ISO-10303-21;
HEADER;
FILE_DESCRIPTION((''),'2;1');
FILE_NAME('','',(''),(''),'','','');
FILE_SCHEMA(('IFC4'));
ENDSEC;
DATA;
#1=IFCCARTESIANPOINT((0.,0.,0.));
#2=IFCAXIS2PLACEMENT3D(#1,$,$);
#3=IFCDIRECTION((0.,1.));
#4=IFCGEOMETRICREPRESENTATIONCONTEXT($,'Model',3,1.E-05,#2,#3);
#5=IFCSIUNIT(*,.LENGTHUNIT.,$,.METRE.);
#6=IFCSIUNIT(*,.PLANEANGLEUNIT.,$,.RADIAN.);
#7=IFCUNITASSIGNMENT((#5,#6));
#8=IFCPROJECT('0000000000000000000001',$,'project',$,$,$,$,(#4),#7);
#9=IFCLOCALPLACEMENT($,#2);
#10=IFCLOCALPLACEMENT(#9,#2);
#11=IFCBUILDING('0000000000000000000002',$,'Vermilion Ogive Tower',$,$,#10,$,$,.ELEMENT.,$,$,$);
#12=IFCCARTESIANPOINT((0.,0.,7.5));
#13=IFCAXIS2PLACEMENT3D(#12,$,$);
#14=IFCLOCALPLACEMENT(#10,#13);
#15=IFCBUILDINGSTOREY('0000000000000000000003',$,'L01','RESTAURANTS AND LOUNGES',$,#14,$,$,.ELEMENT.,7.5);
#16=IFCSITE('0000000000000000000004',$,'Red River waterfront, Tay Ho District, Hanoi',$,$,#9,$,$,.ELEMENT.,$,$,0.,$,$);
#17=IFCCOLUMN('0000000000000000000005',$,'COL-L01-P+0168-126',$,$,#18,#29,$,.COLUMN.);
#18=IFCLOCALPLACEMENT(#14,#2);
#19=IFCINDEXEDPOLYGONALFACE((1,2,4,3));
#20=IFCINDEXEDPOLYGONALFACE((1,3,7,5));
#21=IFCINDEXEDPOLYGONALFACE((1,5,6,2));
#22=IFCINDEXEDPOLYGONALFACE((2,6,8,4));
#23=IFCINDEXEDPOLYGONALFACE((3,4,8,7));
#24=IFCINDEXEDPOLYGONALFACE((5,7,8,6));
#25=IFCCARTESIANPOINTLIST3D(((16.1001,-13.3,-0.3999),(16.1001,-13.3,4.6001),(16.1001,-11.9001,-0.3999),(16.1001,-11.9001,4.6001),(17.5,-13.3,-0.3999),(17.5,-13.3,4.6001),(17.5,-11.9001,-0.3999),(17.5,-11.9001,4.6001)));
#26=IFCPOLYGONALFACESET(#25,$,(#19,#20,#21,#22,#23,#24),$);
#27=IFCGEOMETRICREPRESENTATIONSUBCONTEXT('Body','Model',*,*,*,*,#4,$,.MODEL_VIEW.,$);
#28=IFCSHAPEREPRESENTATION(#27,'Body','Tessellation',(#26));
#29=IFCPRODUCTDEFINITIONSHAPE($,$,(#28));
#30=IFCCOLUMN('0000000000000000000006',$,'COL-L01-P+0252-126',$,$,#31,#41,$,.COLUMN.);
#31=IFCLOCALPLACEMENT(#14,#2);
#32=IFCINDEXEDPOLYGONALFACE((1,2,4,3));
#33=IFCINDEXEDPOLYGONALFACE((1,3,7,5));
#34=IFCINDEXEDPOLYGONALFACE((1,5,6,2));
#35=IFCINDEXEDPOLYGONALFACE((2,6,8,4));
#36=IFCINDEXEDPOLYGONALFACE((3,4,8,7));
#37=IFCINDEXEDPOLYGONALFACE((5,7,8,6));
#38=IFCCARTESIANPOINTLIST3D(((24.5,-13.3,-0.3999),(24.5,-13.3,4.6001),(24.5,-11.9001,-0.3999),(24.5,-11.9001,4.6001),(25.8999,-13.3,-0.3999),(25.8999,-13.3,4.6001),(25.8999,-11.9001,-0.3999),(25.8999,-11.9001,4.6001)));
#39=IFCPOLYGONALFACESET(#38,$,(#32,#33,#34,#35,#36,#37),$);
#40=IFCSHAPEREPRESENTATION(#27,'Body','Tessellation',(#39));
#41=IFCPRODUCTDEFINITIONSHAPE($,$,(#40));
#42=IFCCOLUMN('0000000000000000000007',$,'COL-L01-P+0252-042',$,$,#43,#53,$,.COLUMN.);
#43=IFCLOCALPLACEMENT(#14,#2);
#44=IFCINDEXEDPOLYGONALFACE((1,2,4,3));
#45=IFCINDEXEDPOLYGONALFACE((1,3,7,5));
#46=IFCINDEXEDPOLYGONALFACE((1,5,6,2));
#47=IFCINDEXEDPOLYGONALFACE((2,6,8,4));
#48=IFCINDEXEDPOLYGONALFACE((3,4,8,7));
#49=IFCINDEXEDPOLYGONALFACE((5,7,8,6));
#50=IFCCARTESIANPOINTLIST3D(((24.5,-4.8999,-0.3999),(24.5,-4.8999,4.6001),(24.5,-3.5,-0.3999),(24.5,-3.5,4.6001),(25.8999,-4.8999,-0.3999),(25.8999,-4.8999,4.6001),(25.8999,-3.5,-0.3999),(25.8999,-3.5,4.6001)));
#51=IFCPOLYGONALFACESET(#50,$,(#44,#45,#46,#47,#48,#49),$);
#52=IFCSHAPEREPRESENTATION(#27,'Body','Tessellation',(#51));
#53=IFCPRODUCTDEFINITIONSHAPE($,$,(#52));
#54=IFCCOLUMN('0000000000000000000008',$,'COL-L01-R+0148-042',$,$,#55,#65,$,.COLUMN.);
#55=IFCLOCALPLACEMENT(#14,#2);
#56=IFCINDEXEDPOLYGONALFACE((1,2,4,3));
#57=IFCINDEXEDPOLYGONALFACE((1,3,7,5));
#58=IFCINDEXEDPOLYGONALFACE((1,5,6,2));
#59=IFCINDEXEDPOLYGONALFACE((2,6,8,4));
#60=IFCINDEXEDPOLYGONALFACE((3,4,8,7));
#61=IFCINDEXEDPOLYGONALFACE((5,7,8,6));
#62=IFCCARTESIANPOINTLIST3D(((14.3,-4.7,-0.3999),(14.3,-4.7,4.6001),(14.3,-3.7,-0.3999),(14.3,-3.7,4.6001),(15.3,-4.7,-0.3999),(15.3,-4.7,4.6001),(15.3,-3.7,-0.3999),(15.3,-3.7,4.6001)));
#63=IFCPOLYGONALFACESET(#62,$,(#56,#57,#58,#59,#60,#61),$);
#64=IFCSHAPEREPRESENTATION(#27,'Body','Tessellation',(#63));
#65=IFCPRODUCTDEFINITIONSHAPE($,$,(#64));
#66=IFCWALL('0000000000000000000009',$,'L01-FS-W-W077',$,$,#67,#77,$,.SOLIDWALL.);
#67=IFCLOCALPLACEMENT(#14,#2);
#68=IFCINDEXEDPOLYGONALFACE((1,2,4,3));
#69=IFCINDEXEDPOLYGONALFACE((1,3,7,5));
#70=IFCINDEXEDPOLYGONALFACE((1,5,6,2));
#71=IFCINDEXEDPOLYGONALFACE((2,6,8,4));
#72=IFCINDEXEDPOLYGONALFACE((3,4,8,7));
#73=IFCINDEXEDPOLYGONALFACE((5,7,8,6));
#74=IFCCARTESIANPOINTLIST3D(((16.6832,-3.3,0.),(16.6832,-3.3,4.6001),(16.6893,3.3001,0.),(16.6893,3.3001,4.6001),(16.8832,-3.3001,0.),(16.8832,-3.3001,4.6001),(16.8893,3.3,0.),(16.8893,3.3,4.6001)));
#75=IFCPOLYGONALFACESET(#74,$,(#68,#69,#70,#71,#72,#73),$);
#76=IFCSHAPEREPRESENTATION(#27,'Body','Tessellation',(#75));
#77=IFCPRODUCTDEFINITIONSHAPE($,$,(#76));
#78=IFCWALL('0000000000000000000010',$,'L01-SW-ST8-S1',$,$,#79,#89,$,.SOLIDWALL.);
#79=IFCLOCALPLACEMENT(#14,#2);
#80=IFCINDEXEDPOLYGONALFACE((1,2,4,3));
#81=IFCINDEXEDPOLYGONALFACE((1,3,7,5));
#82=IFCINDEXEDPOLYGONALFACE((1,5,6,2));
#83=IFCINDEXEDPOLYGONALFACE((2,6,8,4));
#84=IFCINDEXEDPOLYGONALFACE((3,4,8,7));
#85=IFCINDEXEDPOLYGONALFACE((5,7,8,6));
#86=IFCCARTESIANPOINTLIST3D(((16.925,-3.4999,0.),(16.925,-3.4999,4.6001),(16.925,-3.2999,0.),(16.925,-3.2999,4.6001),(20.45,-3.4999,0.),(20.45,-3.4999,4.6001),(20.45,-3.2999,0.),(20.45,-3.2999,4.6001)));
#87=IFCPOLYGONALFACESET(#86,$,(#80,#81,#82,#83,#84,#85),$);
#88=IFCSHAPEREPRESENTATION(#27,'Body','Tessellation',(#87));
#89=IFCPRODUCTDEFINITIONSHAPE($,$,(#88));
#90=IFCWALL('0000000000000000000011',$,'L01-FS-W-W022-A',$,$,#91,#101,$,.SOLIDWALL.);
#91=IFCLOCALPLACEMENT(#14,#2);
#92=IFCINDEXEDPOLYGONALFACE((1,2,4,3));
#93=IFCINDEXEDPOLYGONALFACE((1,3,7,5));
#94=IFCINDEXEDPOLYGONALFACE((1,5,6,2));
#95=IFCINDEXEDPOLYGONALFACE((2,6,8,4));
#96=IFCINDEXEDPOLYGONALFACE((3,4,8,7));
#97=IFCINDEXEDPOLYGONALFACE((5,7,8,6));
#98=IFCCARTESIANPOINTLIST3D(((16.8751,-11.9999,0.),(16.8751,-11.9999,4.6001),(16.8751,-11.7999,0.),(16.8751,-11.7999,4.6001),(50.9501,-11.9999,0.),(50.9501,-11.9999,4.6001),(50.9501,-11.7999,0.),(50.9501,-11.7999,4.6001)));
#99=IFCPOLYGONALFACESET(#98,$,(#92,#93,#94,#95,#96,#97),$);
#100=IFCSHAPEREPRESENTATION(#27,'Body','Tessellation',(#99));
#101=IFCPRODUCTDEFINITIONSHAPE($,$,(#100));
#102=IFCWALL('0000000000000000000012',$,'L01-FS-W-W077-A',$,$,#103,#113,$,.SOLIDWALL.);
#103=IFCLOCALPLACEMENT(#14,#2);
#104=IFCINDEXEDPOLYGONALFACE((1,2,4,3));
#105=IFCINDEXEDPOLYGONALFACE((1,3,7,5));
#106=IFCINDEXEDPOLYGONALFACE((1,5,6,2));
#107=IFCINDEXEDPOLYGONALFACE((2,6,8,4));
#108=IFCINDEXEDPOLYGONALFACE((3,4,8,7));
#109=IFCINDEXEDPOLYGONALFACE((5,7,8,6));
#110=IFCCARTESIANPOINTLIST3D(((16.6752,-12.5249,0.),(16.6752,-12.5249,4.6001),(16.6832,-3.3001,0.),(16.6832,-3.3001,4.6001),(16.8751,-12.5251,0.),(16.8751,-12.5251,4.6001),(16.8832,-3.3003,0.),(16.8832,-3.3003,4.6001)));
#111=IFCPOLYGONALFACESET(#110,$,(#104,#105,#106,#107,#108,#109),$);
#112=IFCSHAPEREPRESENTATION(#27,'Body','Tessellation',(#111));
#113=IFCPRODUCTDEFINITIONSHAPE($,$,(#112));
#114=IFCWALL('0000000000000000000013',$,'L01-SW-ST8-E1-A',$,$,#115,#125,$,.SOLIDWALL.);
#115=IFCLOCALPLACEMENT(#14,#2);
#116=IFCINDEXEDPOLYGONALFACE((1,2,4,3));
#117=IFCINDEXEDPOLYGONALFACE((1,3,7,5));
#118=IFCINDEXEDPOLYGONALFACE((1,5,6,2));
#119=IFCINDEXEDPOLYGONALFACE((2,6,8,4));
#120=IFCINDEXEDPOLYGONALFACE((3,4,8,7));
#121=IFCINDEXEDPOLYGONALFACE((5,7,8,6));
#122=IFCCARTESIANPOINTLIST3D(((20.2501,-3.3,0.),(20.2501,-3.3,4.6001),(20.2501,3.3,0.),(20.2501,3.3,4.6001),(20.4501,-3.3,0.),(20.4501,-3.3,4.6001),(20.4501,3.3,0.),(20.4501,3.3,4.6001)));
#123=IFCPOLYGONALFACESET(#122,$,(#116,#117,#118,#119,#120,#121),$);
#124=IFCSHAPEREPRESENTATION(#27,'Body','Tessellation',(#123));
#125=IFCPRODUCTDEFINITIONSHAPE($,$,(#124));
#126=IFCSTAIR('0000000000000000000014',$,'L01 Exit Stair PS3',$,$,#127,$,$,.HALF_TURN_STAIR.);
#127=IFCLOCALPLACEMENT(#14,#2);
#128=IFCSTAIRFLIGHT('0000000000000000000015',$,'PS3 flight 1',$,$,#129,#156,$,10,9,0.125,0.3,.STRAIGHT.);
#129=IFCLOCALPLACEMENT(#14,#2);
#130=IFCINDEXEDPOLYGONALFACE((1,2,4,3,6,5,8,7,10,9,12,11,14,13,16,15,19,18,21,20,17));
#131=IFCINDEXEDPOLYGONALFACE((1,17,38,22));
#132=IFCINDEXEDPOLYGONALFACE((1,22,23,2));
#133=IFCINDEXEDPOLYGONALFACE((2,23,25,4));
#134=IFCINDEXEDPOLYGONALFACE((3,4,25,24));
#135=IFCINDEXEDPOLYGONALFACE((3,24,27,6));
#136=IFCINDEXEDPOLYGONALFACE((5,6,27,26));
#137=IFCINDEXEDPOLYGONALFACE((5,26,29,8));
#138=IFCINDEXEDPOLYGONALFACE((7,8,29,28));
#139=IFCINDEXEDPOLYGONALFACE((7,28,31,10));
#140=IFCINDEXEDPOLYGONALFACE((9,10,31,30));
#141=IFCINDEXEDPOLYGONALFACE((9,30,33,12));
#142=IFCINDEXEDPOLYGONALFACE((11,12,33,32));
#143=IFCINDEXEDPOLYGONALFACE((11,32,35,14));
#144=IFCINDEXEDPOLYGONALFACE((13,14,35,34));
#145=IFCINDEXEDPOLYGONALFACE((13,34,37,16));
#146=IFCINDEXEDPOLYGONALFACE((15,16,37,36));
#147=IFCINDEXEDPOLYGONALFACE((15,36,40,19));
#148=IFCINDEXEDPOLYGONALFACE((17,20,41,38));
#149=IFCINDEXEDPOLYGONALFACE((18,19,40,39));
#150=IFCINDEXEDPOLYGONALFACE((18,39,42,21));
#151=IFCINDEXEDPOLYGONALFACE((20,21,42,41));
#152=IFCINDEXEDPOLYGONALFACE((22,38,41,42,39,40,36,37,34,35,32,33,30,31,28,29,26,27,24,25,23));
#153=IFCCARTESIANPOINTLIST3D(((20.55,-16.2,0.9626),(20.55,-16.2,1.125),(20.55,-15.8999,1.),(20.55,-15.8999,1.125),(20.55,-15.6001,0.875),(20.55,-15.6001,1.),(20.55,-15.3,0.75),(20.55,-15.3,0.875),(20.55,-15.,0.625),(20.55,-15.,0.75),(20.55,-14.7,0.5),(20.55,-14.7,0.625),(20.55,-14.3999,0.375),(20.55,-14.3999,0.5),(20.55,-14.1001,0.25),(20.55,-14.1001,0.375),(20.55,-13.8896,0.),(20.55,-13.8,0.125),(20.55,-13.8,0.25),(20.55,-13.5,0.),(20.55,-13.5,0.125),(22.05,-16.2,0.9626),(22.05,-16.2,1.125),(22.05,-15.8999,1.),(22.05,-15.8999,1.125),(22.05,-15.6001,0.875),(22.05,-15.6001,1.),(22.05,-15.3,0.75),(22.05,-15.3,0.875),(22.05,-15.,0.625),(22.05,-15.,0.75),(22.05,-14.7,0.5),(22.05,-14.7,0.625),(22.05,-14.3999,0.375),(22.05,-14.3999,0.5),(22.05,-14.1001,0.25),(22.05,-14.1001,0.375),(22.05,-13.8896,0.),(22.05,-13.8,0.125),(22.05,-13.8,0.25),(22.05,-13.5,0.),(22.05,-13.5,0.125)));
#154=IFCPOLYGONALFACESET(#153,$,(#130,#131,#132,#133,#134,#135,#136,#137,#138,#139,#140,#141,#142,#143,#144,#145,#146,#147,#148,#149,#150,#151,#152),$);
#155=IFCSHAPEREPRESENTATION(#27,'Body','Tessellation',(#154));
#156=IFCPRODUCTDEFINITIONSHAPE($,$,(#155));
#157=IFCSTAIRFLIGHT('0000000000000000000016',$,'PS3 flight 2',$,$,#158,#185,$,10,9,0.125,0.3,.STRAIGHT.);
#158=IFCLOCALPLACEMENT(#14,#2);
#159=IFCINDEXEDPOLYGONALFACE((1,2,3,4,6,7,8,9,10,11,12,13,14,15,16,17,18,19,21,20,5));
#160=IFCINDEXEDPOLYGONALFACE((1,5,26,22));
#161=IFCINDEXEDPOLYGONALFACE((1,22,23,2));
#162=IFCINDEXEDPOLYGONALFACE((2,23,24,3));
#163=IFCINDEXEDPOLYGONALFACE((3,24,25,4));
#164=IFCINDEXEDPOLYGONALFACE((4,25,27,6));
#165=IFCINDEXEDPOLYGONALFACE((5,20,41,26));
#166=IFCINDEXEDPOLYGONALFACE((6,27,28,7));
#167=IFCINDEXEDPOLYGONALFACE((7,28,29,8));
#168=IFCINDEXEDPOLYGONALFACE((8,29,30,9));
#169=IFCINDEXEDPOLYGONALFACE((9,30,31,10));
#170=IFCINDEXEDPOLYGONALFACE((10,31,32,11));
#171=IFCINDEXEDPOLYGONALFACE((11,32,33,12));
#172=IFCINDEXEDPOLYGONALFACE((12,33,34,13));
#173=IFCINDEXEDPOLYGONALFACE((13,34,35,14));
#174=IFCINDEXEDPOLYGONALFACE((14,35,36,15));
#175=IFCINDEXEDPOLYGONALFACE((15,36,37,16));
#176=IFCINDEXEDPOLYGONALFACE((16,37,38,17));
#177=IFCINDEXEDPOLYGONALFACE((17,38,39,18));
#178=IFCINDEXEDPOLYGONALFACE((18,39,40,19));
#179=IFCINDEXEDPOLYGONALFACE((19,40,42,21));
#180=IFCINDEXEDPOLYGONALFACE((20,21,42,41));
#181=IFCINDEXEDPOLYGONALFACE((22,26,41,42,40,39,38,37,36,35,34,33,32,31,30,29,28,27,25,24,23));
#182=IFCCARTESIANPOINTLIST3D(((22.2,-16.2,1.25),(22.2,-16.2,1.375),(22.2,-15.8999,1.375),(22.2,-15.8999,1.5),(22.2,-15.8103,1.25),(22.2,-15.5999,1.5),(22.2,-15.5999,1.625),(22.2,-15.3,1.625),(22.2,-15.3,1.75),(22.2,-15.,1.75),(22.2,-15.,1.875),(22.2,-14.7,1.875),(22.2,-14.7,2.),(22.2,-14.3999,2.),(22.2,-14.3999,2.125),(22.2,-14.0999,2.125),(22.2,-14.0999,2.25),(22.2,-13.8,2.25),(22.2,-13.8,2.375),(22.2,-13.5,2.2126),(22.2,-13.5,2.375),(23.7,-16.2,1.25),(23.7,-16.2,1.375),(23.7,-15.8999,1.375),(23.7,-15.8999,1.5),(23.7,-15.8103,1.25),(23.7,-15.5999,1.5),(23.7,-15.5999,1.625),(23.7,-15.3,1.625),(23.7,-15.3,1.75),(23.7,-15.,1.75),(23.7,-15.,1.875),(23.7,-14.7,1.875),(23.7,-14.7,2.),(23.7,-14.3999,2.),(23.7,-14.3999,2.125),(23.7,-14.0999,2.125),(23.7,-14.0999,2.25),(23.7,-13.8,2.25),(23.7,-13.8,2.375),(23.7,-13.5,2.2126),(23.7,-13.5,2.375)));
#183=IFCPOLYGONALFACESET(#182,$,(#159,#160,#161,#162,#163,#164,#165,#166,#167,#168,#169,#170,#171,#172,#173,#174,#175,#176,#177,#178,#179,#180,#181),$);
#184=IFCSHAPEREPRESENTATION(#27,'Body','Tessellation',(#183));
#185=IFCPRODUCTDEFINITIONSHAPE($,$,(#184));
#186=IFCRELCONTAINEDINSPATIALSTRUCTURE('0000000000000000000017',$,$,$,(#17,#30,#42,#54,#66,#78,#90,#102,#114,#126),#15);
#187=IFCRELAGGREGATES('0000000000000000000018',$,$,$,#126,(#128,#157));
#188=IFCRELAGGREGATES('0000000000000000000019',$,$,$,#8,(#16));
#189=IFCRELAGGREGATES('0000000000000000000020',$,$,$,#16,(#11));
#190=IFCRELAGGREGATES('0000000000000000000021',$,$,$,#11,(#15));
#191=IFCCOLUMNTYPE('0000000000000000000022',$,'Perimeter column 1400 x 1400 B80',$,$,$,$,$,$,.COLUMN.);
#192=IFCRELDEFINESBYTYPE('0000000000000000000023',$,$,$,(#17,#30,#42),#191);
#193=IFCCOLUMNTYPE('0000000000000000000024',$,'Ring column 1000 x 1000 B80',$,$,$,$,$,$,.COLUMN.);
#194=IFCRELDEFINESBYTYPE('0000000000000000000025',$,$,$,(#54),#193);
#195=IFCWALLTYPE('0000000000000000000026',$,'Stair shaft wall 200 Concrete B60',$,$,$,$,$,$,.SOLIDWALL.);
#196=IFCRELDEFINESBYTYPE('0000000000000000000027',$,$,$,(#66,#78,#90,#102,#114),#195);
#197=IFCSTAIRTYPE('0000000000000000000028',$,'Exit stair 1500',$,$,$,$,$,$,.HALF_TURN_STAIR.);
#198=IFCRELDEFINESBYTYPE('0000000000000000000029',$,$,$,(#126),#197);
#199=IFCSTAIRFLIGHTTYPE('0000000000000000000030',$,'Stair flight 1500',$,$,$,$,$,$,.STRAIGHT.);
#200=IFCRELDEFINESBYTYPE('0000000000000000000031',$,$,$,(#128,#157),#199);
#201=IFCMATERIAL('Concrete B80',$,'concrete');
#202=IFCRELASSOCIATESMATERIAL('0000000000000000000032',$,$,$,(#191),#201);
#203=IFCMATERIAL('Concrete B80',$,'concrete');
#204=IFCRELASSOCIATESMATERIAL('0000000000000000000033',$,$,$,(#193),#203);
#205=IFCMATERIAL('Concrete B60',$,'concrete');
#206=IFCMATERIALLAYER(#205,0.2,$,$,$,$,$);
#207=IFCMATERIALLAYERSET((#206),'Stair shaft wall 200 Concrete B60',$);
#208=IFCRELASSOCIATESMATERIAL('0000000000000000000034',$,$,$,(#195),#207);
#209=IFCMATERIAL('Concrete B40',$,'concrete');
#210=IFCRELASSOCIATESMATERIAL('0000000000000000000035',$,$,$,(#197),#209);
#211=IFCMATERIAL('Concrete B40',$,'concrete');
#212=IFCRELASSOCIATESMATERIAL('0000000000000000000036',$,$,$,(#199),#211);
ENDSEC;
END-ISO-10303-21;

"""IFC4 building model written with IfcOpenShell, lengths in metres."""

from ifc_helpers import new_model, si_unit, direction, frame, frame_2d, origin, origin_2d, place, context, subcontext, project, spatial, polyline, rectangle, outline, extrude, material, layer, layer_set, material_profile, profile_set, type_object, element, aggregate, save


model = new_model("IFC4")

# Units and contexts
model_context = context("Model", 3, precision=1e-05, world=origin(), true_north=direction((0.0, 1.0)))
body_context = subcontext(model_context, "Body", "Model", "MODEL_VIEW")
ifc_project = project(units=[si_unit("LENGTHUNIT", "METRE"), si_unit("PLANEANGLEUNIT", "RADIAN")], contexts=[model_context])

# Site, building, storey
site_placement = place(None, origin())
site = spatial("IfcSite", under=ifc_project, at=site_placement, Name="Red River waterfront, Tay Ho District, Hanoi", CompositionType="ELEMENT", RefElevation=0.0)
building_placement = place(site_placement, origin())
building = spatial("IfcBuilding", under=site, at=building_placement, Name="Vermilion Ogive Tower", CompositionType="ELEMENT")
storey_placement = place(building_placement, frame((0.0, 0.0, 7.5)))
storey = spatial("IfcBuildingStorey", under=building, at=storey_placement, Name="L01", Description="RESTAURANTS AND LOUNGES", CompositionType="ELEMENT", Elevation=7.5)

# Columns
ifc_material_1 = material(Name="Concrete B80", Category="concrete")
ifc_material_profile_1 = material_profile(ifc_material_1, rectangle(XDim=1.3999, YDim=1.3999, at=origin_2d()), Name="1400 x 1400")
ifc_profile_set_1 = profile_set([ifc_material_profile_1], Name="Concrete B80")
column_type_1 = type_object("IfcColumnType", Name="Perimeter column 1400 x 1400 B80", PredefinedType="COLUMN", material=ifc_profile_set_1)
for number, where, z_axis, x_axis, name in (
    (1, (16.8, -12.6001, -0.3999), (0.0, 0.0, 1.0), (1.0, 0.0, 0.0), "COL-L01-P+0168-126"),
    (2, (25.2, -12.6001, -0.3999), (0.0, 0.0, 1.0), (1.0, 0.0, 0.0), "COL-L01-P+0252-126"),
    (3, (25.2, -4.2, -0.3999), (0.0, 0.0, 1.0), (1.0, 0.0, 0.0), "COL-L01-P+0252-042"),
):
    element("IfcColumn", number, at=place(storey_placement, frame(where, z_axis=z_axis, x_axis=x_axis)), inside=storey, type_object=column_type_1, Name=name, PredefinedType="COLUMN", context=body_context, shape_type="SweptSolid", body=[
        extrude(rectangle(XDim=1.3999, YDim=1.3999, at=origin_2d()), origin(), (0.0, 0.0, 1.0), 5.0),
    ])
ifc_material_2 = material(Name="Concrete B80", Category="concrete")
ifc_material_profile_2 = material_profile(ifc_material_2, rectangle(XDim=1.0, YDim=1.0, at=origin_2d()), Name="1000 x 1000")
ifc_profile_set_2 = profile_set([ifc_material_profile_2], Name="Concrete B80")
column_type_2 = type_object("IfcColumnType", Name="Ring column 1000 x 1000 B80", PredefinedType="COLUMN", material=ifc_profile_set_2)
column_placement = place(storey_placement, frame((14.8, -4.2, -0.3999), z_axis=(0.0, 0.0, 1.0), x_axis=(1.0, 0.0, 0.0)))
element("IfcColumn", 4, at=column_placement, inside=storey, type_object=column_type_2, Name="COL-L01-R+0148-042", PredefinedType="COLUMN", context=body_context, shape_type="SweptSolid", body=[
    extrude(rectangle(XDim=1.0, YDim=1.0, at=origin_2d()), origin(), (0.0, 0.0, 1.0), 5.0),
])

# Walls
ifc_material_3 = material(Name="Concrete B60", Category="concrete")
ifc_layer = layer(ifc_material_3, 0.2)
ifc_layer_set = layer_set([ifc_layer], Name="Stair shaft wall 200 Concrete B60")
wall_type = type_object("IfcWallType", Name="Stair shaft wall 200 Concrete B60", PredefinedType="SOLIDWALL", material=ifc_layer_set)
wall_1_placement = place(storey_placement, frame((16.7832, -3.3, 0.0), z_axis=(0.0, 0.0, 1.0), x_axis=(0.000925, 1.0, 0.0)))
element("IfcWall", 5, at=wall_1_placement, inside=storey, type_object=wall_type, Name="L01-FS-W-W077", PredefinedType="SOLIDWALL", context=body_context, shape_type="SweptSolid", body=[
    extrude(rectangle(XDim=6.6001, YDim=0.2, at=frame_2d((3.3, 0.0))), origin(), (0.0, 0.0, 1.0), 4.6001),
])
wall_2_placement = place(storey_placement, frame((16.925, -3.3999, 0.0), z_axis=(0.0, 0.0, 1.0), x_axis=(1.0, 0.0, 0.0)))
element("IfcWall", 6, at=wall_2_placement, inside=storey, type_object=wall_type, Name="L01-SW-ST8-S1", PredefinedType="SOLIDWALL", context=body_context, shape_type="SweptSolid", body=[
    extrude(rectangle(XDim=3.5249, YDim=0.2, at=frame_2d((1.7625, 0.0))), origin(), (0.0, 0.0, 1.0), 4.6001),
])
wall_3_placement = place(storey_placement, frame((16.875, -11.8999, 0.0), z_axis=(0.0, 0.0, 1.0), x_axis=(1.0, 0.0, 0.0)))
element("IfcWall", 7, at=wall_3_placement, inside=storey, type_object=wall_type, Name="L01-FS-W-W022-A", PredefinedType="SOLIDWALL", context=body_context, shape_type="SweptSolid", body=[
    extrude(rectangle(XDim=34.075, YDim=0.2, at=frame_2d((17.0376, 0.0))), origin(), (0.0, 0.0, 1.0), 4.6001),
])
wall_4_placement = place(storey_placement, frame((16.7751, -12.5249, 0.0), z_axis=(0.0, 0.0, 1.0), x_axis=(0.000873, 1.0, 0.0)))
element("IfcWall", 8, at=wall_4_placement, inside=storey, type_object=wall_type, Name="L01-FS-W-W077-A", PredefinedType="SOLIDWALL", context=body_context, shape_type="SweptSolid", body=[
    extrude(rectangle(XDim=9.2249, YDim=0.2, at=frame_2d((4.6123, 0.0))), origin(), (0.0, 0.0, 1.0), 4.6001),
])
wall_5_placement = place(storey_placement, frame((20.3501, -3.3, 0.0), z_axis=(0.0, 0.0, 1.0), x_axis=(0.0, 1.0, 0.0)))
element("IfcWall", 9, at=wall_5_placement, inside=storey, type_object=wall_type, Name="L01-SW-ST8-E1-A", PredefinedType="SOLIDWALL", context=body_context, shape_type="SweptSolid", body=[
    extrude(rectangle(XDim=6.6001, YDim=0.2, at=frame_2d((3.3, 0.0))), origin(), (0.0, 0.0, 1.0), 4.6001),
])

# Stair, stair flights
ifc_material_4 = material(Name="Concrete B40", Category="concrete")
stair_type = type_object("IfcStairType", Name="Exit stair 1500", PredefinedType="HALF_TURN_STAIR", material=ifc_material_4)
stair_placement = place(storey_placement, origin())
stair = element("IfcStair", 10, at=stair_placement, inside=storey, type_object=stair_type, Name="L01 Exit Stair PS3", PredefinedType="HALF_TURN_STAIR")
ifc_material_5 = material(Name="Concrete B40", Category="concrete")
stair_flight_type = type_object("IfcStairFlightType", Name="Stair flight 1500", PredefinedType="STRAIGHT", material=ifc_material_5)
stair_flight_1_placement = place(storey_placement, frame((21.3, -13.5, 0.0), z_axis=(0.0, 0.0, 1.0), x_axis=(0.0, -1.0, 0.0)))
stair_flight_1 = element("IfcStairFlight", 11, at=stair_flight_1_placement, type_object=stair_flight_type, Name="PS3 flight 1", NumberOfRisers=10, NumberOfTreads=9, PredefinedType="STRAIGHT", RiserHeight=0.125, TreadLength=0.3, context=body_context, shape_type="SweptSolid", body=[
    extrude(outline(polyline([(0.0, 0.0), (0.0, 0.125), (0.3, 0.125), (0.3, 0.25), (0.6001, 0.25), (0.6001, 0.375), (0.8999, 0.375), (0.8999, 0.5), (1.2, 0.5), (1.2, 0.625), (1.5, 0.625), (1.5, 0.75), (1.8, 0.75), (1.8, 0.875), (2.1001, 0.875), (2.1001, 1.0), (2.3999, 1.0), (2.3999, 1.125), (2.7, 1.125), (2.7, 1.25), (2.7, 0.9626), (0.3896, 0.0), (0.0, 0.0)])), frame((0.0, 0.75, 0.0), z_axis=(0.0, -1.0, 0.0), x_axis=(1.0, 0.0, 0.0)), (0.0, 0.0, 1.0), 1.5),
])
stair_flight_2_placement = place(storey_placement, frame((22.95, -16.2, 1.25), z_axis=(0.0, 0.0, 1.0), x_axis=(0.0, 1.0, 0.0)))
stair_flight_2 = element("IfcStairFlight", 12, at=stair_flight_2_placement, type_object=stair_flight_type, Name="PS3 flight 2", NumberOfRisers=10, NumberOfTreads=9, PredefinedType="STRAIGHT", RiserHeight=0.125, TreadLength=0.3, context=body_context, shape_type="SweptSolid", body=[
    extrude(outline(polyline([(0.0, 0.0), (0.0, 0.125), (0.3, 0.125), (0.3, 0.25), (0.6001, 0.25), (0.6001, 0.375), (0.8999, 0.375), (0.8999, 0.5), (1.2, 0.5), (1.2, 0.625), (1.5, 0.625), (1.5, 0.75), (1.8, 0.75), (1.8, 0.875), (2.1001, 0.875), (2.1001, 1.0), (2.3999, 1.0), (2.3999, 1.125), (2.7, 1.125), (2.7, 1.25), (2.7, 0.9626), (0.3896, 0.0), (0.0, 0.0)])), frame((0.0, 0.75, 0.0), z_axis=(0.0, -1.0, 0.0), x_axis=(1.0, 0.0, 0.0)), (0.0, 0.0, 1.0), 1.5),
])
aggregate(stair, [stair_flight_1, stair_flight_2])

save(model, "model.ifc")
